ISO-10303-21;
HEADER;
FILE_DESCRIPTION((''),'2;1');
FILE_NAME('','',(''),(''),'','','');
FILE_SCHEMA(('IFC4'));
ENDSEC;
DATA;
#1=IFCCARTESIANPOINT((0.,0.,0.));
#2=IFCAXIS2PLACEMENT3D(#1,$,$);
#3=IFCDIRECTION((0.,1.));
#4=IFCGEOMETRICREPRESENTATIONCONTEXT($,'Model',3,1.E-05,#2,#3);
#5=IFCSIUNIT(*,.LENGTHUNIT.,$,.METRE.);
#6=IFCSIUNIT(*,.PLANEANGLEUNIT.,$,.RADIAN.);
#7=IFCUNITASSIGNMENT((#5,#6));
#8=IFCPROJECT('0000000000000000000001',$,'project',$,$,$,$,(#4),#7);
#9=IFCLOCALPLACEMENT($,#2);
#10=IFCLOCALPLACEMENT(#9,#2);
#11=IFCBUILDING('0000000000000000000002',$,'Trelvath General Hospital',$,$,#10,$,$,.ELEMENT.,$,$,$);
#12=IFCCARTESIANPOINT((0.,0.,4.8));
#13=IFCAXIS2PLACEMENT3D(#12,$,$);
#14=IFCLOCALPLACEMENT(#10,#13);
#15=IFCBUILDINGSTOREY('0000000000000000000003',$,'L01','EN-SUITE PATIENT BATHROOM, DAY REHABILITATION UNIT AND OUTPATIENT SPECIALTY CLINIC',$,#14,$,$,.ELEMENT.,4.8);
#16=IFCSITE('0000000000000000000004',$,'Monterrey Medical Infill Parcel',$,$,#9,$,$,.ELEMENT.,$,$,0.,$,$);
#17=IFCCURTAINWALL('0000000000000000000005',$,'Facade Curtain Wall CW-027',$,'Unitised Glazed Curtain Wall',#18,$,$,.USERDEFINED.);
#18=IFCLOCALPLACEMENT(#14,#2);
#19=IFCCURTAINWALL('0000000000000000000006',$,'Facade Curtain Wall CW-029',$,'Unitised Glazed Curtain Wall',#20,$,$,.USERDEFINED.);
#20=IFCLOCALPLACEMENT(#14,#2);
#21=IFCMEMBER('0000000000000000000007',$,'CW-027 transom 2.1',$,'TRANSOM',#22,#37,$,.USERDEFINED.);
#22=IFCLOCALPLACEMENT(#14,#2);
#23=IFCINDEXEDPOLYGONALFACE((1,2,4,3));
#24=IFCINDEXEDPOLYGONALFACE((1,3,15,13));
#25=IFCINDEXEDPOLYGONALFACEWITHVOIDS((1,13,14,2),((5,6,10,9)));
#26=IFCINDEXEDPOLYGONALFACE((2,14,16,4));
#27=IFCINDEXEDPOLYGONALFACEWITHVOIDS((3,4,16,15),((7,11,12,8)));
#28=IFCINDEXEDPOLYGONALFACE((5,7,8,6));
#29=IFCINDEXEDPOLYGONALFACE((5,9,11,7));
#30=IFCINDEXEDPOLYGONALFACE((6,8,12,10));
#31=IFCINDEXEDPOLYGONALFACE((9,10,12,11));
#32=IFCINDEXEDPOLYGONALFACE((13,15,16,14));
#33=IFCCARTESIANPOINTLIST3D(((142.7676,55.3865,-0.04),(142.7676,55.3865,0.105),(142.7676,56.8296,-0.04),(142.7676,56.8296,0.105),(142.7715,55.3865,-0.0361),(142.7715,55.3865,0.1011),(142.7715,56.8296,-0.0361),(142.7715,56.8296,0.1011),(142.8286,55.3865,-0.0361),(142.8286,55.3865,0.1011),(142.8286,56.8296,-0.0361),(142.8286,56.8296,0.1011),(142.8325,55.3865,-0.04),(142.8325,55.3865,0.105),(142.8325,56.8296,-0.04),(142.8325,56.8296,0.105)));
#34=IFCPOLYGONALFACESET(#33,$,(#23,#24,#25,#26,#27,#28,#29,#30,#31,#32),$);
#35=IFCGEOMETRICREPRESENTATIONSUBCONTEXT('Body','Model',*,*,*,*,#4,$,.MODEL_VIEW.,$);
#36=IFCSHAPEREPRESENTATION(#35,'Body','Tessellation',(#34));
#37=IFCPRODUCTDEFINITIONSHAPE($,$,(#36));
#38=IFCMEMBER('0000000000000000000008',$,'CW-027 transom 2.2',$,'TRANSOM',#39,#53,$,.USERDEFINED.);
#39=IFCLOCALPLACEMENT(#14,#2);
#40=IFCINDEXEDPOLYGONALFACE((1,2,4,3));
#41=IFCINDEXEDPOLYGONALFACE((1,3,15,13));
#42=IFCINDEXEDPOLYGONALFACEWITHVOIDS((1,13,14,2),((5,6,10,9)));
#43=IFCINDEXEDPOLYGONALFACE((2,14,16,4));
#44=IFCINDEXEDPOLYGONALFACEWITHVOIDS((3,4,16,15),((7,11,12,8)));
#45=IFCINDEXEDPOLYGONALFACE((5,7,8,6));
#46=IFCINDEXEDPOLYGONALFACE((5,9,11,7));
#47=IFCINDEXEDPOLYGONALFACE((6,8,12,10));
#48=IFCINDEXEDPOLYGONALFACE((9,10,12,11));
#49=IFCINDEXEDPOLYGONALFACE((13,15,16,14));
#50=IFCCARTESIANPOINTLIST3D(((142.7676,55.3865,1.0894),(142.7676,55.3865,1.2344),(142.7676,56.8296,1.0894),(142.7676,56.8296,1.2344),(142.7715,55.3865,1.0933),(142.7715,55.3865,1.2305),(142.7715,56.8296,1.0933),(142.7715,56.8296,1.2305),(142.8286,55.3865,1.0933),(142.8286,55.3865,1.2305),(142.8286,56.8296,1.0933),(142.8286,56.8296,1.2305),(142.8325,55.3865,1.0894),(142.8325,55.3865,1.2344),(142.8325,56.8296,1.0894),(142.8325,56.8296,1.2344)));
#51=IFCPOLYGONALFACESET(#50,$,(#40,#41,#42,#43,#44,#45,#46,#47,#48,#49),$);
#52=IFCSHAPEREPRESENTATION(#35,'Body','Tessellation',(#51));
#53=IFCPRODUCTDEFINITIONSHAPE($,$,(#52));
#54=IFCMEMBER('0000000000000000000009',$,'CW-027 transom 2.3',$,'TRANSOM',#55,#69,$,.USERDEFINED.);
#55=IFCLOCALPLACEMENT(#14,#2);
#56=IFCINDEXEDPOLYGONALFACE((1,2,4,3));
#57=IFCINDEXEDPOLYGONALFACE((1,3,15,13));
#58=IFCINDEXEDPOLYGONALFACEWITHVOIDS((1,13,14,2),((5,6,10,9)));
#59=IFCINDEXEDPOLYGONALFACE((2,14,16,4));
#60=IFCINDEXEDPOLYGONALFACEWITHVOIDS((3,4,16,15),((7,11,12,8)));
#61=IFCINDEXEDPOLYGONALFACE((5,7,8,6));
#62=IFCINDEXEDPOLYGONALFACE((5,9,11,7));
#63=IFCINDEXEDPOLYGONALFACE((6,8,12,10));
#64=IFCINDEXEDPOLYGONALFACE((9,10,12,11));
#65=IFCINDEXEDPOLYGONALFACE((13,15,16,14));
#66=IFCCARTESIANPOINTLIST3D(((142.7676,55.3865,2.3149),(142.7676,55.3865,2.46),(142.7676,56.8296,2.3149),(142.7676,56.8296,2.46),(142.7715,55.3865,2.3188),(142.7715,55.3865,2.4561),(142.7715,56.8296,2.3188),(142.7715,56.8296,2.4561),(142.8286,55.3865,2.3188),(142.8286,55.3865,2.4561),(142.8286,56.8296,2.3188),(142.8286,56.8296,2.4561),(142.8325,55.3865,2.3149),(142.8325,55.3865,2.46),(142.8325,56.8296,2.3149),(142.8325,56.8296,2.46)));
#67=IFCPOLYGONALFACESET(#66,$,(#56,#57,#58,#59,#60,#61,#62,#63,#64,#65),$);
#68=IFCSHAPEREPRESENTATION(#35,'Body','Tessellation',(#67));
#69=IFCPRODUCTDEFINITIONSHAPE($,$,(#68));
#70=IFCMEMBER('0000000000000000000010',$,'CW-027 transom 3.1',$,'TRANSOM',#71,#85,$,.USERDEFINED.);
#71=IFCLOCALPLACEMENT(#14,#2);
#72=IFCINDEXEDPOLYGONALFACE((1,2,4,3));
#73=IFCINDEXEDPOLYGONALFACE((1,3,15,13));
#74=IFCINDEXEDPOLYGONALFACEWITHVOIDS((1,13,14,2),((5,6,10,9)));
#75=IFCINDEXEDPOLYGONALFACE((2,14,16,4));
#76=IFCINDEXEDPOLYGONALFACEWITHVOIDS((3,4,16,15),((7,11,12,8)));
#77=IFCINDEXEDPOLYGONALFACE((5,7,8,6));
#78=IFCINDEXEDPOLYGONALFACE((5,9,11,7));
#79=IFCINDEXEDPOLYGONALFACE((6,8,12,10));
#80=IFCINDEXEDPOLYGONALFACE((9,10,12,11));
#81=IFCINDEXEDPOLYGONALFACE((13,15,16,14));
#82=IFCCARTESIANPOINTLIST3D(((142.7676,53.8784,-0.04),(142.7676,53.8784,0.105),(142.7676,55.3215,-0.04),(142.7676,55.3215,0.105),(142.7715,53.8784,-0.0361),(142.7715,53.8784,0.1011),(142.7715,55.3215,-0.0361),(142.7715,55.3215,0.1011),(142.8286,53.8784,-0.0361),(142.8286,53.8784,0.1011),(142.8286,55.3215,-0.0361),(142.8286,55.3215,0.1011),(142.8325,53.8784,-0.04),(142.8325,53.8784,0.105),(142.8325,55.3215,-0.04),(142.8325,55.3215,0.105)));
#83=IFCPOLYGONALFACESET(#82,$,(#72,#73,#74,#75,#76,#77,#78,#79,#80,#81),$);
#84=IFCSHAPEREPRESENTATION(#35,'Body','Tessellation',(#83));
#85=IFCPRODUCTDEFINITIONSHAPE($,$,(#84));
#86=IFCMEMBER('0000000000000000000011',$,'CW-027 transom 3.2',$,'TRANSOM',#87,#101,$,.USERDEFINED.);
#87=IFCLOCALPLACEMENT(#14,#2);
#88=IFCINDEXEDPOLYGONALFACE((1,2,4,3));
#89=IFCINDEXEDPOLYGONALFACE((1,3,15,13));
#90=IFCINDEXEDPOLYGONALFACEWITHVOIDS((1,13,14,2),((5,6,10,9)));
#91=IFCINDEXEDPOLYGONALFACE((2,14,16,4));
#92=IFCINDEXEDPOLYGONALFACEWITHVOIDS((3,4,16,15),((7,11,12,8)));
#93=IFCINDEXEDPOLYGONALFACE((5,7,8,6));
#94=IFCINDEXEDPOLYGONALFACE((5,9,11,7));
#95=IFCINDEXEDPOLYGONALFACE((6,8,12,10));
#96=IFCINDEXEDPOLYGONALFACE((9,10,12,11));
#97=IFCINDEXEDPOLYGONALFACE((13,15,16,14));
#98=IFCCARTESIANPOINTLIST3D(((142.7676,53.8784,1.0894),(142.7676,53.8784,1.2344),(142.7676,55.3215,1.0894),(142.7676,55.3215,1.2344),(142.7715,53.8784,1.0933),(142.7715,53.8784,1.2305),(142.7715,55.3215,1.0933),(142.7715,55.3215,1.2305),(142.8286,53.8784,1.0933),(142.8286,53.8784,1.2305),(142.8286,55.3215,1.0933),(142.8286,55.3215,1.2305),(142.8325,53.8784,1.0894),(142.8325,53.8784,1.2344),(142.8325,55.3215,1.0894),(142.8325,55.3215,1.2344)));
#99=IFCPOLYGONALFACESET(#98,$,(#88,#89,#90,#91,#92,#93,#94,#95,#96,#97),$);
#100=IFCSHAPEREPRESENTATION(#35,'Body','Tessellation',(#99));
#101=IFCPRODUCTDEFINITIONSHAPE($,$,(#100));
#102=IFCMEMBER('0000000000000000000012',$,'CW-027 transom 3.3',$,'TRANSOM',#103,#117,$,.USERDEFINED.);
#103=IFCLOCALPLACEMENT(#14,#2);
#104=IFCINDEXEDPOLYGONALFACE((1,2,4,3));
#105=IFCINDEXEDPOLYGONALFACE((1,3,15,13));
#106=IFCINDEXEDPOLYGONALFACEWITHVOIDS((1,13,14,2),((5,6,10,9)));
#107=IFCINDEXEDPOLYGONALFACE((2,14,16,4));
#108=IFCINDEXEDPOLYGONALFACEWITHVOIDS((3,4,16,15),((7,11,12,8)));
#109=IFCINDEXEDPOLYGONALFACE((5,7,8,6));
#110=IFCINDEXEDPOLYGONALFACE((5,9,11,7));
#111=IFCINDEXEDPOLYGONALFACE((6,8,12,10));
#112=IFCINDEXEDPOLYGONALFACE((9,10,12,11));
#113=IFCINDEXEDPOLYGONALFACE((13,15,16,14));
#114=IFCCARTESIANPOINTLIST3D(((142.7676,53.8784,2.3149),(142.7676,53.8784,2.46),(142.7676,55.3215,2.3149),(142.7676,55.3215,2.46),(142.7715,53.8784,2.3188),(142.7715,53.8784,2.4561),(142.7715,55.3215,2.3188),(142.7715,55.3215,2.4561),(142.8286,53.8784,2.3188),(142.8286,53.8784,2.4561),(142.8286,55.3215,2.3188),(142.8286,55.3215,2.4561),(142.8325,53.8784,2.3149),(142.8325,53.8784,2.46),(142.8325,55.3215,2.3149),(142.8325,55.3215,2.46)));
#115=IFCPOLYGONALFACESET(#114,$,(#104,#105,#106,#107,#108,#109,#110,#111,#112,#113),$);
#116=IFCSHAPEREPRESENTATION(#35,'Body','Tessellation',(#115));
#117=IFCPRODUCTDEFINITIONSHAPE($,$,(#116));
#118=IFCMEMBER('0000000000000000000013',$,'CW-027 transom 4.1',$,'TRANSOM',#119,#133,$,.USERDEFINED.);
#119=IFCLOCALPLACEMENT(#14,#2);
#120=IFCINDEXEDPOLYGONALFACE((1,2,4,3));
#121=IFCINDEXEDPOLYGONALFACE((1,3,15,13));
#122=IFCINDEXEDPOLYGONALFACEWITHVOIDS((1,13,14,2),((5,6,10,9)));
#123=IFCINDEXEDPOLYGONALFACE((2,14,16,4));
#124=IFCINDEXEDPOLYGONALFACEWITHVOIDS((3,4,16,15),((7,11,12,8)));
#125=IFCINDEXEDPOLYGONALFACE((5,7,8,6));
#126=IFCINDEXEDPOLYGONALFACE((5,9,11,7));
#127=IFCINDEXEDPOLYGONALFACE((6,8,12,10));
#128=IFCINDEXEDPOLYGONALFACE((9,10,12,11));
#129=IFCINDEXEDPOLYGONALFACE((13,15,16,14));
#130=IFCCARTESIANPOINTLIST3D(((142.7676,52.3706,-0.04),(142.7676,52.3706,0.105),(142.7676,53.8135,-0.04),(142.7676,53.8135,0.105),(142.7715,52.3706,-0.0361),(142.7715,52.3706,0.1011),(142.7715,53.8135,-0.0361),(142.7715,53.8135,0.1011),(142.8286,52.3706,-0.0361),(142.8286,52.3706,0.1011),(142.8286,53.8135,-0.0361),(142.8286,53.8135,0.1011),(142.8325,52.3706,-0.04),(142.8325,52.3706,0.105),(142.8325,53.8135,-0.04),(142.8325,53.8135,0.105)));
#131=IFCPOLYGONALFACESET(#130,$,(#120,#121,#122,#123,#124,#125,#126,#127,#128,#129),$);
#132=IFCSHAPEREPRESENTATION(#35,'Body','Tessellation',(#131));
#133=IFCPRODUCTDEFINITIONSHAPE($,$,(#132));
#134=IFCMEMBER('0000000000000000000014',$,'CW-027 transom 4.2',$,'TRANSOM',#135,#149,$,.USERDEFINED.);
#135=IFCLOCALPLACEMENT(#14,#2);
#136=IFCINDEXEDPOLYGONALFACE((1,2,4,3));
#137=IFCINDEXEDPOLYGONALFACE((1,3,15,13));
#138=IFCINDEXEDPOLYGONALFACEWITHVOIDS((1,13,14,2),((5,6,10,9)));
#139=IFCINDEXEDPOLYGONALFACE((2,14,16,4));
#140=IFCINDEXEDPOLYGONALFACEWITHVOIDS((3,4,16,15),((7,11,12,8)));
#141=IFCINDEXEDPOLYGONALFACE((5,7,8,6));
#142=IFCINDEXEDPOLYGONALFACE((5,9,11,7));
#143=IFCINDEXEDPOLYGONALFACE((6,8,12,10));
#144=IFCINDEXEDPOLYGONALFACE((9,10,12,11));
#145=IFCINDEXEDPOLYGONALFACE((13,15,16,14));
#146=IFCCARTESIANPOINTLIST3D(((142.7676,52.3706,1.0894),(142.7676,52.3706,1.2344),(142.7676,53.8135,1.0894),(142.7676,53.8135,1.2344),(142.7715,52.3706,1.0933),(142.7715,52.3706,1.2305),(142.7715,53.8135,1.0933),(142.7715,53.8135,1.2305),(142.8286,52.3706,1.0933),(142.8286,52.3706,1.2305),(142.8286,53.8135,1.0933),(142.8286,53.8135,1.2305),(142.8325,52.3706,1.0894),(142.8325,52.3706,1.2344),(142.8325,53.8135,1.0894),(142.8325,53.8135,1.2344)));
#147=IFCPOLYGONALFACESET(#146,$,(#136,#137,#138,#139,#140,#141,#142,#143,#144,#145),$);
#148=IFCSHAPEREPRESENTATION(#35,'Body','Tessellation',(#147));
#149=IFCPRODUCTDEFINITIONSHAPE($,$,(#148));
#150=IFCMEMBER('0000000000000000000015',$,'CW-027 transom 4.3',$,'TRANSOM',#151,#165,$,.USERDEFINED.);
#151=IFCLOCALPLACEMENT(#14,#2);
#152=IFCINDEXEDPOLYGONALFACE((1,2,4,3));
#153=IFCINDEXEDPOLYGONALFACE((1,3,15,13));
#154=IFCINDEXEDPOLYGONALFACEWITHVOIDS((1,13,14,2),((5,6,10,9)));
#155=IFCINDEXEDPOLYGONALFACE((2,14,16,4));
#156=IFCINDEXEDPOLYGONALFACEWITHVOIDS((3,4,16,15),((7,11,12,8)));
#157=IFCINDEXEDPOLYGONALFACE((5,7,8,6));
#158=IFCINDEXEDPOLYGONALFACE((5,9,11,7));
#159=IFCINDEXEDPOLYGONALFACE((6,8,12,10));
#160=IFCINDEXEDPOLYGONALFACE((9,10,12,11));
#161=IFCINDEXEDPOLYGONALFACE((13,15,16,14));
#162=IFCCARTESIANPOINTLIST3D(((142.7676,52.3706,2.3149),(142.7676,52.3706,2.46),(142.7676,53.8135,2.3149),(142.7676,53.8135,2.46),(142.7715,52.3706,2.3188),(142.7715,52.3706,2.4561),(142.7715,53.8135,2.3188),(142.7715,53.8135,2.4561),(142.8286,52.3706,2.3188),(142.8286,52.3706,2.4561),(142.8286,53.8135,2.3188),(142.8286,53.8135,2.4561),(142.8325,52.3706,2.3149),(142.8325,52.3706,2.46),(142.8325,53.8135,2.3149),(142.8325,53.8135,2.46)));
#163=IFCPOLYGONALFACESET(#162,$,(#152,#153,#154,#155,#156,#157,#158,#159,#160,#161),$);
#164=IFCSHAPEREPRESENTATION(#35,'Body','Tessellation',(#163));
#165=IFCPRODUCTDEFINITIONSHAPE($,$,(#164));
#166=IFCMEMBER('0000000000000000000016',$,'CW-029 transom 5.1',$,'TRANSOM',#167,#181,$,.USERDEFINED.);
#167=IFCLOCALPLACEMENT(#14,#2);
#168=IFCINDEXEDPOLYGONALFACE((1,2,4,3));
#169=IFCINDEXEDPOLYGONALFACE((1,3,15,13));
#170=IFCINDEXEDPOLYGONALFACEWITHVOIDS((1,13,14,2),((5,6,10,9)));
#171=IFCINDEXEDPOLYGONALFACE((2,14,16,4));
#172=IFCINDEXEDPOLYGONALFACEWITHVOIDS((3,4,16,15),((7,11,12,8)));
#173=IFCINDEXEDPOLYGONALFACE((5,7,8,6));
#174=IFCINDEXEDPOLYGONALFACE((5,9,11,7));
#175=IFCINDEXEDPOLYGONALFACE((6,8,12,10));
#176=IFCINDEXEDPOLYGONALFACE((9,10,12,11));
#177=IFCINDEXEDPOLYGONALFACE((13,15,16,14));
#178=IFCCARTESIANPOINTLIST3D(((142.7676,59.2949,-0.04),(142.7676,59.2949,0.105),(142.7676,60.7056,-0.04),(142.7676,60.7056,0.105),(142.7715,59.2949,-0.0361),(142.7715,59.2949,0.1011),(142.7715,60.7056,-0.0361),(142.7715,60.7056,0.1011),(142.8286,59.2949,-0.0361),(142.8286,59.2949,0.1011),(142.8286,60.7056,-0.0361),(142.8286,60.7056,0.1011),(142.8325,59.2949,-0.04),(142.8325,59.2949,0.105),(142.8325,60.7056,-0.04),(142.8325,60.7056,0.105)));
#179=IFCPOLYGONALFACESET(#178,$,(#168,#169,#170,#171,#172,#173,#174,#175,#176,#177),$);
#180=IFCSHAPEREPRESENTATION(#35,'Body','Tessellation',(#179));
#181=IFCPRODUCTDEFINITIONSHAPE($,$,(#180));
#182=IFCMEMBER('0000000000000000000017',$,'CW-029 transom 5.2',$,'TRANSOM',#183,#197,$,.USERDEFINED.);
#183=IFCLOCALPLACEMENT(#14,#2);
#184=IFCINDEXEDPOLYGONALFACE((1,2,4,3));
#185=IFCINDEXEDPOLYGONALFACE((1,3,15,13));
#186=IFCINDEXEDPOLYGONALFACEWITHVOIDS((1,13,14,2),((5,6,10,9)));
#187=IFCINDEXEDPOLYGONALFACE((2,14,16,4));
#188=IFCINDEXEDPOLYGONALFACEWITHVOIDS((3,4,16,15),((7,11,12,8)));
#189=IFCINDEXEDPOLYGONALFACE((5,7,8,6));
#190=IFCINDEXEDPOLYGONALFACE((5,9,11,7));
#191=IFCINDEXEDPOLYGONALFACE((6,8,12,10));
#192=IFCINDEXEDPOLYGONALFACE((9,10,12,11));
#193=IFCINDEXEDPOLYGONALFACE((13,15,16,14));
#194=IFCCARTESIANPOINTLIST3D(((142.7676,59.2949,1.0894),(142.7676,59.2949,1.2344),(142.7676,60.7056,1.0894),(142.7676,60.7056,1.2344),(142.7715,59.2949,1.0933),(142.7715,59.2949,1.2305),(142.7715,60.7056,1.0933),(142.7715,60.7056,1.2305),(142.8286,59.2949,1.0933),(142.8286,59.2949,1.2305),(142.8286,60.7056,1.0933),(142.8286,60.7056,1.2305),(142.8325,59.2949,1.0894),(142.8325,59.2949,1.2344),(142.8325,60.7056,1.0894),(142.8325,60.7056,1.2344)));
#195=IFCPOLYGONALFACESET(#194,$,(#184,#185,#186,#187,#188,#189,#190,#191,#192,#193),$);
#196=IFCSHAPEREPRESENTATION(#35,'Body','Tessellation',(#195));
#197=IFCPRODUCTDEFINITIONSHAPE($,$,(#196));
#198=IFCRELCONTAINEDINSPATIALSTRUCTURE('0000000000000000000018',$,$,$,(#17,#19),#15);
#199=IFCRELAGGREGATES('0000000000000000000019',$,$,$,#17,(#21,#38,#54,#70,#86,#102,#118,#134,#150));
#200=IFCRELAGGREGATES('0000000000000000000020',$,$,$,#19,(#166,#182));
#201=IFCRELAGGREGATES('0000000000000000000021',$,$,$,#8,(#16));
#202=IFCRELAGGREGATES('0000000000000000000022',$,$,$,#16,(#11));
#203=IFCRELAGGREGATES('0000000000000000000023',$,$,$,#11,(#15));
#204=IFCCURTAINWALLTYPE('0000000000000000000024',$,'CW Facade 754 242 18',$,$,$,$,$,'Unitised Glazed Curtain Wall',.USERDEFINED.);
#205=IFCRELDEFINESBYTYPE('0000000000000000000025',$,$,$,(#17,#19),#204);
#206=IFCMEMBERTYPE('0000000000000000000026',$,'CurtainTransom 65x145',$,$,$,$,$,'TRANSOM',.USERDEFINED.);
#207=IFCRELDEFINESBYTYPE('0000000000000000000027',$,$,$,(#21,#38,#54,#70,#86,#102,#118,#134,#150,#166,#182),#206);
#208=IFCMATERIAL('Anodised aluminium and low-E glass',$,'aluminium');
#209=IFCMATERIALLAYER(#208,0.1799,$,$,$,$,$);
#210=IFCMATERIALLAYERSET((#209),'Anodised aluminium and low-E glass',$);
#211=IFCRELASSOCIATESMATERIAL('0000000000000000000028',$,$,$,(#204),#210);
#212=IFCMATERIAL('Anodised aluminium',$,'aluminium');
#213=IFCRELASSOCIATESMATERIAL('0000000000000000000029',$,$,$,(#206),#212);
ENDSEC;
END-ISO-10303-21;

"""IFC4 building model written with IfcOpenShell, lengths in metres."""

from ifc_helpers import new_model, si_unit, direction, frame, origin, origin_2d, place, context, subcontext, project, spatial, hollow_rectangle, extrude, material, layer, layer_set, material_profile, profile_set, type_object, element, aggregate, save


model = new_model("IFC4")

# Units and contexts
model_context = context("Model", 3, precision=1e-05, world=origin(), true_north=direction((0.0, 1.0)))
body_context = subcontext(model_context, "Body", "Model", "MODEL_VIEW")
ifc_project = project(units=[si_unit("LENGTHUNIT", "METRE"), si_unit("PLANEANGLEUNIT", "RADIAN")], contexts=[model_context])

# Site, building, storey
site_placement = place(None, origin())
site = spatial("IfcSite", under=ifc_project, at=site_placement, Name="Monterrey Medical Infill Parcel", CompositionType="ELEMENT", RefElevation=0.0)
building_placement = place(site_placement, origin())
building = spatial("IfcBuilding", under=site, at=building_placement, Name="Trelvath General Hospital", CompositionType="ELEMENT")
storey_placement = place(building_placement, frame((0.0, 0.0, 4.8)))
storey = spatial("IfcBuildingStorey", under=building, at=storey_placement, Name="L01", Description="EN-SUITE PATIENT BATHROOM, DAY REHABILITATION UNIT AND OUTPATIENT SPECIALTY CLINIC", CompositionType="ELEMENT", Elevation=4.8)

# Curtain wall
ifc_material_1 = material(Name="Anodised aluminium and low-E glass", Category="aluminium")
ifc_layer_1 = layer(ifc_material_1, 0.1799)
ifc_layer_set_1 = layer_set([ifc_layer_1], Name="Anodised aluminium and low-E glass")
curtain_wall_type = type_object("IfcCurtainWallType", Name="CW Facade 754 242 18", ElementType="Unitised Glazed Curtain Wall", PredefinedType="USERDEFINED", material=ifc_layer_set_1)
curtain_wall_1_placement = place(storey_placement, origin())
curtain_wall_1 = element("IfcCurtainWall", 1, at=curtain_wall_1_placement, inside=storey, type_object=curtain_wall_type, Name="Facade Curtain Wall CW-027", ObjectType="Unitised Glazed Curtain Wall", PredefinedType="USERDEFINED")

# Curtain wall
curtain_wall_2_placement = place(storey_placement, origin())
curtain_wall_2 = element("IfcCurtainWall", 2, at=curtain_wall_2_placement, inside=storey, type_object=curtain_wall_type, Name="Facade Curtain Wall CW-029", ObjectType="Unitised Glazed Curtain Wall", PredefinedType="USERDEFINED")

# Members
ifc_material_2 = material(Name="Anodised aluminium", Category="aluminium")
ifc_material_profile_1 = material_profile(ifc_material_2, hollow_rectangle(XDim=0.0649, YDim=0.145, WallThickness=0.0039, at=origin_2d()), Name="RHS65x145x4")
ifc_profile_set_1 = profile_set([ifc_material_profile_1], Name="Anodised aluminium")
member_type_1 = type_object("IfcMemberType", Name="CurtainTransom 65x145", ElementType="TRANSOM", PredefinedType="USERDEFINED", material=ifc_profile_set_1)
member_1_placement = place(storey_placement, frame((142.8, 56.8296, 0.0325), z_axis=(0.0, -1.0, 0.0), x_axis=(1.0, 0.0, 0.0)))
member_1 = element("IfcMember", 3, at=member_1_placement, type_object=member_type_1, Name="CW-027 transom 2.1", ObjectType="TRANSOM", PredefinedType="USERDEFINED", context=body_context, shape_type="SweptSolid", body=[
    extrude(hollow_rectangle(XDim=0.0649, YDim=0.145, WallThickness=0.0039, at=origin_2d()), origin(), (0.0, 0.0, 1.0), 1.4431),
])
member_2_placement = place(storey_placement, frame((142.8, 56.8296, 1.1619), z_axis=(0.0, -1.0, 0.0), x_axis=(1.0, 0.0, 0.0)))
member_2 = element("IfcMember", 4, at=member_2_placement, type_object=member_type_1, Name="CW-027 transom 2.2", ObjectType="TRANSOM", PredefinedType="USERDEFINED", context=body_context, shape_type="SweptSolid", body=[
    extrude(hollow_rectangle(XDim=0.0649, YDim=0.145, WallThickness=0.0039, at=origin_2d()), origin(), (0.0, 0.0, 1.0), 1.4431),
])
member_3_placement = place(storey_placement, frame((142.8, 56.8296, 2.3875), z_axis=(0.0, -1.0, 0.0), x_axis=(1.0, 0.0, 0.0)))
member_3 = element("IfcMember", 5, at=member_3_placement, type_object=member_type_1, Name="CW-027 transom 2.3", ObjectType="TRANSOM", PredefinedType="USERDEFINED", context=body_context, shape_type="SweptSolid", body=[
    extrude(hollow_rectangle(XDim=0.0649, YDim=0.145, WallThickness=0.0039, at=origin_2d()), origin(), (0.0, 0.0, 1.0), 1.4431),
])
member_4_placement = place(storey_placement, frame((142.8, 55.3215, 0.0325), z_axis=(0.0, -1.0, 0.0), x_axis=(1.0, 0.0, 0.0)))
member_4 = element("IfcMember", 6, at=member_4_placement, type_object=member_type_1, Name="CW-027 transom 3.1", ObjectType="TRANSOM", PredefinedType="USERDEFINED", context=body_context, shape_type="SweptSolid", body=[
    extrude(hollow_rectangle(XDim=0.0649, YDim=0.145, WallThickness=0.0039, at=origin_2d()), origin(), (0.0, 0.0, 1.0), 1.4431),
])
member_5_placement = place(storey_placement, frame((142.8, 55.3215, 1.1619), z_axis=(0.0, -1.0, 0.0), x_axis=(1.0, 0.0, 0.0)))
member_5 = element("IfcMember", 7, at=member_5_placement, type_object=member_type_1, Name="CW-027 transom 3.2", ObjectType="TRANSOM", PredefinedType="USERDEFINED", context=body_context, shape_type="SweptSolid", body=[
    extrude(hollow_rectangle(XDim=0.0649, YDim=0.145, WallThickness=0.0039, at=origin_2d()), origin(), (0.0, 0.0, 1.0), 1.4431),
])
member_6_placement = place(storey_placement, frame((142.8, 55.3215, 2.3875), z_axis=(0.0, -1.0, 0.0), x_axis=(1.0, 0.0, 0.0)))
member_6 = element("IfcMember", 8, at=member_6_placement, type_object=member_type_1, Name="CW-027 transom 3.3", ObjectType="TRANSOM", PredefinedType="USERDEFINED", context=body_context, shape_type="SweptSolid", body=[
    extrude(hollow_rectangle(XDim=0.0649, YDim=0.145, WallThickness=0.0039, at=origin_2d()), origin(), (0.0, 0.0, 1.0), 1.4431),
])
member_7_placement = place(storey_placement, frame((142.8, 53.8135, 0.0325), z_axis=(0.0, -1.0, 0.0), x_axis=(1.0, 0.0, 0.0)))
member_7 = element("IfcMember", 9, at=member_7_placement, type_object=member_type_1, Name="CW-027 transom 4.1", ObjectType="TRANSOM", PredefinedType="USERDEFINED", context=body_context, shape_type="SweptSolid", body=[
    extrude(hollow_rectangle(XDim=0.0649, YDim=0.145, WallThickness=0.0039, at=origin_2d()), origin(), (0.0, 0.0, 1.0), 1.4429),
])
member_8_placement = place(storey_placement, frame((142.8, 53.8135, 1.1619), z_axis=(0.0, -1.0, 0.0), x_axis=(1.0, 0.0, 0.0)))
member_8 = element("IfcMember", 10, at=member_8_placement, type_object=member_type_1, Name="CW-027 transom 4.2", ObjectType="TRANSOM", PredefinedType="USERDEFINED", context=body_context, shape_type="SweptSolid", body=[
    extrude(hollow_rectangle(XDim=0.0649, YDim=0.145, WallThickness=0.0039, at=origin_2d()), origin(), (0.0, 0.0, 1.0), 1.4429),
])
member_9_placement = place(storey_placement, frame((142.8, 53.8135, 2.3875), z_axis=(0.0, -1.0, 0.0), x_axis=(1.0, 0.0, 0.0)))
member_9 = element("IfcMember", 11, at=member_9_placement, type_object=member_type_1, Name="CW-027 transom 4.3", ObjectType="TRANSOM", PredefinedType="USERDEFINED", context=body_context, shape_type="SweptSolid", body=[
    extrude(hollow_rectangle(XDim=0.0649, YDim=0.145, WallThickness=0.0039, at=origin_2d()), origin(), (0.0, 0.0, 1.0), 1.4429),
])
member_10_placement = place(storey_placement, frame((142.8, 60.7056, 0.0325), z_axis=(0.0, -1.0, 0.0), x_axis=(1.0, 0.0, 0.0)))
member_10 = element("IfcMember", 12, at=member_10_placement, type_object=member_type_1, Name="CW-029 transom 5.1", ObjectType="TRANSOM", PredefinedType="USERDEFINED", context=body_context, shape_type="SweptSolid", body=[
    extrude(hollow_rectangle(XDim=0.0649, YDim=0.145, WallThickness=0.0039, at=origin_2d()), origin(), (0.0, 0.0, 1.0), 1.4106),
])
member_11_placement = place(storey_placement, frame((142.8, 60.7056, 1.1619), z_axis=(0.0, -1.0, 0.0), x_axis=(1.0, 0.0, 0.0)))
member_11 = element("IfcMember", 13, at=member_11_placement, type_object=member_type_1, Name="CW-029 transom 5.2", ObjectType="TRANSOM", PredefinedType="USERDEFINED", context=body_context, shape_type="SweptSolid", body=[
    extrude(hollow_rectangle(XDim=0.0649, YDim=0.145, WallThickness=0.0039, at=origin_2d()), origin(), (0.0, 0.0, 1.0), 1.4106),
])

aggregate(curtain_wall_1, [member_1, member_2, member_3, member_4, member_5, member_6, member_7, member_8, member_9])
aggregate(curtain_wall_2, [member_10, member_11])

save(model, "model.ifc")
